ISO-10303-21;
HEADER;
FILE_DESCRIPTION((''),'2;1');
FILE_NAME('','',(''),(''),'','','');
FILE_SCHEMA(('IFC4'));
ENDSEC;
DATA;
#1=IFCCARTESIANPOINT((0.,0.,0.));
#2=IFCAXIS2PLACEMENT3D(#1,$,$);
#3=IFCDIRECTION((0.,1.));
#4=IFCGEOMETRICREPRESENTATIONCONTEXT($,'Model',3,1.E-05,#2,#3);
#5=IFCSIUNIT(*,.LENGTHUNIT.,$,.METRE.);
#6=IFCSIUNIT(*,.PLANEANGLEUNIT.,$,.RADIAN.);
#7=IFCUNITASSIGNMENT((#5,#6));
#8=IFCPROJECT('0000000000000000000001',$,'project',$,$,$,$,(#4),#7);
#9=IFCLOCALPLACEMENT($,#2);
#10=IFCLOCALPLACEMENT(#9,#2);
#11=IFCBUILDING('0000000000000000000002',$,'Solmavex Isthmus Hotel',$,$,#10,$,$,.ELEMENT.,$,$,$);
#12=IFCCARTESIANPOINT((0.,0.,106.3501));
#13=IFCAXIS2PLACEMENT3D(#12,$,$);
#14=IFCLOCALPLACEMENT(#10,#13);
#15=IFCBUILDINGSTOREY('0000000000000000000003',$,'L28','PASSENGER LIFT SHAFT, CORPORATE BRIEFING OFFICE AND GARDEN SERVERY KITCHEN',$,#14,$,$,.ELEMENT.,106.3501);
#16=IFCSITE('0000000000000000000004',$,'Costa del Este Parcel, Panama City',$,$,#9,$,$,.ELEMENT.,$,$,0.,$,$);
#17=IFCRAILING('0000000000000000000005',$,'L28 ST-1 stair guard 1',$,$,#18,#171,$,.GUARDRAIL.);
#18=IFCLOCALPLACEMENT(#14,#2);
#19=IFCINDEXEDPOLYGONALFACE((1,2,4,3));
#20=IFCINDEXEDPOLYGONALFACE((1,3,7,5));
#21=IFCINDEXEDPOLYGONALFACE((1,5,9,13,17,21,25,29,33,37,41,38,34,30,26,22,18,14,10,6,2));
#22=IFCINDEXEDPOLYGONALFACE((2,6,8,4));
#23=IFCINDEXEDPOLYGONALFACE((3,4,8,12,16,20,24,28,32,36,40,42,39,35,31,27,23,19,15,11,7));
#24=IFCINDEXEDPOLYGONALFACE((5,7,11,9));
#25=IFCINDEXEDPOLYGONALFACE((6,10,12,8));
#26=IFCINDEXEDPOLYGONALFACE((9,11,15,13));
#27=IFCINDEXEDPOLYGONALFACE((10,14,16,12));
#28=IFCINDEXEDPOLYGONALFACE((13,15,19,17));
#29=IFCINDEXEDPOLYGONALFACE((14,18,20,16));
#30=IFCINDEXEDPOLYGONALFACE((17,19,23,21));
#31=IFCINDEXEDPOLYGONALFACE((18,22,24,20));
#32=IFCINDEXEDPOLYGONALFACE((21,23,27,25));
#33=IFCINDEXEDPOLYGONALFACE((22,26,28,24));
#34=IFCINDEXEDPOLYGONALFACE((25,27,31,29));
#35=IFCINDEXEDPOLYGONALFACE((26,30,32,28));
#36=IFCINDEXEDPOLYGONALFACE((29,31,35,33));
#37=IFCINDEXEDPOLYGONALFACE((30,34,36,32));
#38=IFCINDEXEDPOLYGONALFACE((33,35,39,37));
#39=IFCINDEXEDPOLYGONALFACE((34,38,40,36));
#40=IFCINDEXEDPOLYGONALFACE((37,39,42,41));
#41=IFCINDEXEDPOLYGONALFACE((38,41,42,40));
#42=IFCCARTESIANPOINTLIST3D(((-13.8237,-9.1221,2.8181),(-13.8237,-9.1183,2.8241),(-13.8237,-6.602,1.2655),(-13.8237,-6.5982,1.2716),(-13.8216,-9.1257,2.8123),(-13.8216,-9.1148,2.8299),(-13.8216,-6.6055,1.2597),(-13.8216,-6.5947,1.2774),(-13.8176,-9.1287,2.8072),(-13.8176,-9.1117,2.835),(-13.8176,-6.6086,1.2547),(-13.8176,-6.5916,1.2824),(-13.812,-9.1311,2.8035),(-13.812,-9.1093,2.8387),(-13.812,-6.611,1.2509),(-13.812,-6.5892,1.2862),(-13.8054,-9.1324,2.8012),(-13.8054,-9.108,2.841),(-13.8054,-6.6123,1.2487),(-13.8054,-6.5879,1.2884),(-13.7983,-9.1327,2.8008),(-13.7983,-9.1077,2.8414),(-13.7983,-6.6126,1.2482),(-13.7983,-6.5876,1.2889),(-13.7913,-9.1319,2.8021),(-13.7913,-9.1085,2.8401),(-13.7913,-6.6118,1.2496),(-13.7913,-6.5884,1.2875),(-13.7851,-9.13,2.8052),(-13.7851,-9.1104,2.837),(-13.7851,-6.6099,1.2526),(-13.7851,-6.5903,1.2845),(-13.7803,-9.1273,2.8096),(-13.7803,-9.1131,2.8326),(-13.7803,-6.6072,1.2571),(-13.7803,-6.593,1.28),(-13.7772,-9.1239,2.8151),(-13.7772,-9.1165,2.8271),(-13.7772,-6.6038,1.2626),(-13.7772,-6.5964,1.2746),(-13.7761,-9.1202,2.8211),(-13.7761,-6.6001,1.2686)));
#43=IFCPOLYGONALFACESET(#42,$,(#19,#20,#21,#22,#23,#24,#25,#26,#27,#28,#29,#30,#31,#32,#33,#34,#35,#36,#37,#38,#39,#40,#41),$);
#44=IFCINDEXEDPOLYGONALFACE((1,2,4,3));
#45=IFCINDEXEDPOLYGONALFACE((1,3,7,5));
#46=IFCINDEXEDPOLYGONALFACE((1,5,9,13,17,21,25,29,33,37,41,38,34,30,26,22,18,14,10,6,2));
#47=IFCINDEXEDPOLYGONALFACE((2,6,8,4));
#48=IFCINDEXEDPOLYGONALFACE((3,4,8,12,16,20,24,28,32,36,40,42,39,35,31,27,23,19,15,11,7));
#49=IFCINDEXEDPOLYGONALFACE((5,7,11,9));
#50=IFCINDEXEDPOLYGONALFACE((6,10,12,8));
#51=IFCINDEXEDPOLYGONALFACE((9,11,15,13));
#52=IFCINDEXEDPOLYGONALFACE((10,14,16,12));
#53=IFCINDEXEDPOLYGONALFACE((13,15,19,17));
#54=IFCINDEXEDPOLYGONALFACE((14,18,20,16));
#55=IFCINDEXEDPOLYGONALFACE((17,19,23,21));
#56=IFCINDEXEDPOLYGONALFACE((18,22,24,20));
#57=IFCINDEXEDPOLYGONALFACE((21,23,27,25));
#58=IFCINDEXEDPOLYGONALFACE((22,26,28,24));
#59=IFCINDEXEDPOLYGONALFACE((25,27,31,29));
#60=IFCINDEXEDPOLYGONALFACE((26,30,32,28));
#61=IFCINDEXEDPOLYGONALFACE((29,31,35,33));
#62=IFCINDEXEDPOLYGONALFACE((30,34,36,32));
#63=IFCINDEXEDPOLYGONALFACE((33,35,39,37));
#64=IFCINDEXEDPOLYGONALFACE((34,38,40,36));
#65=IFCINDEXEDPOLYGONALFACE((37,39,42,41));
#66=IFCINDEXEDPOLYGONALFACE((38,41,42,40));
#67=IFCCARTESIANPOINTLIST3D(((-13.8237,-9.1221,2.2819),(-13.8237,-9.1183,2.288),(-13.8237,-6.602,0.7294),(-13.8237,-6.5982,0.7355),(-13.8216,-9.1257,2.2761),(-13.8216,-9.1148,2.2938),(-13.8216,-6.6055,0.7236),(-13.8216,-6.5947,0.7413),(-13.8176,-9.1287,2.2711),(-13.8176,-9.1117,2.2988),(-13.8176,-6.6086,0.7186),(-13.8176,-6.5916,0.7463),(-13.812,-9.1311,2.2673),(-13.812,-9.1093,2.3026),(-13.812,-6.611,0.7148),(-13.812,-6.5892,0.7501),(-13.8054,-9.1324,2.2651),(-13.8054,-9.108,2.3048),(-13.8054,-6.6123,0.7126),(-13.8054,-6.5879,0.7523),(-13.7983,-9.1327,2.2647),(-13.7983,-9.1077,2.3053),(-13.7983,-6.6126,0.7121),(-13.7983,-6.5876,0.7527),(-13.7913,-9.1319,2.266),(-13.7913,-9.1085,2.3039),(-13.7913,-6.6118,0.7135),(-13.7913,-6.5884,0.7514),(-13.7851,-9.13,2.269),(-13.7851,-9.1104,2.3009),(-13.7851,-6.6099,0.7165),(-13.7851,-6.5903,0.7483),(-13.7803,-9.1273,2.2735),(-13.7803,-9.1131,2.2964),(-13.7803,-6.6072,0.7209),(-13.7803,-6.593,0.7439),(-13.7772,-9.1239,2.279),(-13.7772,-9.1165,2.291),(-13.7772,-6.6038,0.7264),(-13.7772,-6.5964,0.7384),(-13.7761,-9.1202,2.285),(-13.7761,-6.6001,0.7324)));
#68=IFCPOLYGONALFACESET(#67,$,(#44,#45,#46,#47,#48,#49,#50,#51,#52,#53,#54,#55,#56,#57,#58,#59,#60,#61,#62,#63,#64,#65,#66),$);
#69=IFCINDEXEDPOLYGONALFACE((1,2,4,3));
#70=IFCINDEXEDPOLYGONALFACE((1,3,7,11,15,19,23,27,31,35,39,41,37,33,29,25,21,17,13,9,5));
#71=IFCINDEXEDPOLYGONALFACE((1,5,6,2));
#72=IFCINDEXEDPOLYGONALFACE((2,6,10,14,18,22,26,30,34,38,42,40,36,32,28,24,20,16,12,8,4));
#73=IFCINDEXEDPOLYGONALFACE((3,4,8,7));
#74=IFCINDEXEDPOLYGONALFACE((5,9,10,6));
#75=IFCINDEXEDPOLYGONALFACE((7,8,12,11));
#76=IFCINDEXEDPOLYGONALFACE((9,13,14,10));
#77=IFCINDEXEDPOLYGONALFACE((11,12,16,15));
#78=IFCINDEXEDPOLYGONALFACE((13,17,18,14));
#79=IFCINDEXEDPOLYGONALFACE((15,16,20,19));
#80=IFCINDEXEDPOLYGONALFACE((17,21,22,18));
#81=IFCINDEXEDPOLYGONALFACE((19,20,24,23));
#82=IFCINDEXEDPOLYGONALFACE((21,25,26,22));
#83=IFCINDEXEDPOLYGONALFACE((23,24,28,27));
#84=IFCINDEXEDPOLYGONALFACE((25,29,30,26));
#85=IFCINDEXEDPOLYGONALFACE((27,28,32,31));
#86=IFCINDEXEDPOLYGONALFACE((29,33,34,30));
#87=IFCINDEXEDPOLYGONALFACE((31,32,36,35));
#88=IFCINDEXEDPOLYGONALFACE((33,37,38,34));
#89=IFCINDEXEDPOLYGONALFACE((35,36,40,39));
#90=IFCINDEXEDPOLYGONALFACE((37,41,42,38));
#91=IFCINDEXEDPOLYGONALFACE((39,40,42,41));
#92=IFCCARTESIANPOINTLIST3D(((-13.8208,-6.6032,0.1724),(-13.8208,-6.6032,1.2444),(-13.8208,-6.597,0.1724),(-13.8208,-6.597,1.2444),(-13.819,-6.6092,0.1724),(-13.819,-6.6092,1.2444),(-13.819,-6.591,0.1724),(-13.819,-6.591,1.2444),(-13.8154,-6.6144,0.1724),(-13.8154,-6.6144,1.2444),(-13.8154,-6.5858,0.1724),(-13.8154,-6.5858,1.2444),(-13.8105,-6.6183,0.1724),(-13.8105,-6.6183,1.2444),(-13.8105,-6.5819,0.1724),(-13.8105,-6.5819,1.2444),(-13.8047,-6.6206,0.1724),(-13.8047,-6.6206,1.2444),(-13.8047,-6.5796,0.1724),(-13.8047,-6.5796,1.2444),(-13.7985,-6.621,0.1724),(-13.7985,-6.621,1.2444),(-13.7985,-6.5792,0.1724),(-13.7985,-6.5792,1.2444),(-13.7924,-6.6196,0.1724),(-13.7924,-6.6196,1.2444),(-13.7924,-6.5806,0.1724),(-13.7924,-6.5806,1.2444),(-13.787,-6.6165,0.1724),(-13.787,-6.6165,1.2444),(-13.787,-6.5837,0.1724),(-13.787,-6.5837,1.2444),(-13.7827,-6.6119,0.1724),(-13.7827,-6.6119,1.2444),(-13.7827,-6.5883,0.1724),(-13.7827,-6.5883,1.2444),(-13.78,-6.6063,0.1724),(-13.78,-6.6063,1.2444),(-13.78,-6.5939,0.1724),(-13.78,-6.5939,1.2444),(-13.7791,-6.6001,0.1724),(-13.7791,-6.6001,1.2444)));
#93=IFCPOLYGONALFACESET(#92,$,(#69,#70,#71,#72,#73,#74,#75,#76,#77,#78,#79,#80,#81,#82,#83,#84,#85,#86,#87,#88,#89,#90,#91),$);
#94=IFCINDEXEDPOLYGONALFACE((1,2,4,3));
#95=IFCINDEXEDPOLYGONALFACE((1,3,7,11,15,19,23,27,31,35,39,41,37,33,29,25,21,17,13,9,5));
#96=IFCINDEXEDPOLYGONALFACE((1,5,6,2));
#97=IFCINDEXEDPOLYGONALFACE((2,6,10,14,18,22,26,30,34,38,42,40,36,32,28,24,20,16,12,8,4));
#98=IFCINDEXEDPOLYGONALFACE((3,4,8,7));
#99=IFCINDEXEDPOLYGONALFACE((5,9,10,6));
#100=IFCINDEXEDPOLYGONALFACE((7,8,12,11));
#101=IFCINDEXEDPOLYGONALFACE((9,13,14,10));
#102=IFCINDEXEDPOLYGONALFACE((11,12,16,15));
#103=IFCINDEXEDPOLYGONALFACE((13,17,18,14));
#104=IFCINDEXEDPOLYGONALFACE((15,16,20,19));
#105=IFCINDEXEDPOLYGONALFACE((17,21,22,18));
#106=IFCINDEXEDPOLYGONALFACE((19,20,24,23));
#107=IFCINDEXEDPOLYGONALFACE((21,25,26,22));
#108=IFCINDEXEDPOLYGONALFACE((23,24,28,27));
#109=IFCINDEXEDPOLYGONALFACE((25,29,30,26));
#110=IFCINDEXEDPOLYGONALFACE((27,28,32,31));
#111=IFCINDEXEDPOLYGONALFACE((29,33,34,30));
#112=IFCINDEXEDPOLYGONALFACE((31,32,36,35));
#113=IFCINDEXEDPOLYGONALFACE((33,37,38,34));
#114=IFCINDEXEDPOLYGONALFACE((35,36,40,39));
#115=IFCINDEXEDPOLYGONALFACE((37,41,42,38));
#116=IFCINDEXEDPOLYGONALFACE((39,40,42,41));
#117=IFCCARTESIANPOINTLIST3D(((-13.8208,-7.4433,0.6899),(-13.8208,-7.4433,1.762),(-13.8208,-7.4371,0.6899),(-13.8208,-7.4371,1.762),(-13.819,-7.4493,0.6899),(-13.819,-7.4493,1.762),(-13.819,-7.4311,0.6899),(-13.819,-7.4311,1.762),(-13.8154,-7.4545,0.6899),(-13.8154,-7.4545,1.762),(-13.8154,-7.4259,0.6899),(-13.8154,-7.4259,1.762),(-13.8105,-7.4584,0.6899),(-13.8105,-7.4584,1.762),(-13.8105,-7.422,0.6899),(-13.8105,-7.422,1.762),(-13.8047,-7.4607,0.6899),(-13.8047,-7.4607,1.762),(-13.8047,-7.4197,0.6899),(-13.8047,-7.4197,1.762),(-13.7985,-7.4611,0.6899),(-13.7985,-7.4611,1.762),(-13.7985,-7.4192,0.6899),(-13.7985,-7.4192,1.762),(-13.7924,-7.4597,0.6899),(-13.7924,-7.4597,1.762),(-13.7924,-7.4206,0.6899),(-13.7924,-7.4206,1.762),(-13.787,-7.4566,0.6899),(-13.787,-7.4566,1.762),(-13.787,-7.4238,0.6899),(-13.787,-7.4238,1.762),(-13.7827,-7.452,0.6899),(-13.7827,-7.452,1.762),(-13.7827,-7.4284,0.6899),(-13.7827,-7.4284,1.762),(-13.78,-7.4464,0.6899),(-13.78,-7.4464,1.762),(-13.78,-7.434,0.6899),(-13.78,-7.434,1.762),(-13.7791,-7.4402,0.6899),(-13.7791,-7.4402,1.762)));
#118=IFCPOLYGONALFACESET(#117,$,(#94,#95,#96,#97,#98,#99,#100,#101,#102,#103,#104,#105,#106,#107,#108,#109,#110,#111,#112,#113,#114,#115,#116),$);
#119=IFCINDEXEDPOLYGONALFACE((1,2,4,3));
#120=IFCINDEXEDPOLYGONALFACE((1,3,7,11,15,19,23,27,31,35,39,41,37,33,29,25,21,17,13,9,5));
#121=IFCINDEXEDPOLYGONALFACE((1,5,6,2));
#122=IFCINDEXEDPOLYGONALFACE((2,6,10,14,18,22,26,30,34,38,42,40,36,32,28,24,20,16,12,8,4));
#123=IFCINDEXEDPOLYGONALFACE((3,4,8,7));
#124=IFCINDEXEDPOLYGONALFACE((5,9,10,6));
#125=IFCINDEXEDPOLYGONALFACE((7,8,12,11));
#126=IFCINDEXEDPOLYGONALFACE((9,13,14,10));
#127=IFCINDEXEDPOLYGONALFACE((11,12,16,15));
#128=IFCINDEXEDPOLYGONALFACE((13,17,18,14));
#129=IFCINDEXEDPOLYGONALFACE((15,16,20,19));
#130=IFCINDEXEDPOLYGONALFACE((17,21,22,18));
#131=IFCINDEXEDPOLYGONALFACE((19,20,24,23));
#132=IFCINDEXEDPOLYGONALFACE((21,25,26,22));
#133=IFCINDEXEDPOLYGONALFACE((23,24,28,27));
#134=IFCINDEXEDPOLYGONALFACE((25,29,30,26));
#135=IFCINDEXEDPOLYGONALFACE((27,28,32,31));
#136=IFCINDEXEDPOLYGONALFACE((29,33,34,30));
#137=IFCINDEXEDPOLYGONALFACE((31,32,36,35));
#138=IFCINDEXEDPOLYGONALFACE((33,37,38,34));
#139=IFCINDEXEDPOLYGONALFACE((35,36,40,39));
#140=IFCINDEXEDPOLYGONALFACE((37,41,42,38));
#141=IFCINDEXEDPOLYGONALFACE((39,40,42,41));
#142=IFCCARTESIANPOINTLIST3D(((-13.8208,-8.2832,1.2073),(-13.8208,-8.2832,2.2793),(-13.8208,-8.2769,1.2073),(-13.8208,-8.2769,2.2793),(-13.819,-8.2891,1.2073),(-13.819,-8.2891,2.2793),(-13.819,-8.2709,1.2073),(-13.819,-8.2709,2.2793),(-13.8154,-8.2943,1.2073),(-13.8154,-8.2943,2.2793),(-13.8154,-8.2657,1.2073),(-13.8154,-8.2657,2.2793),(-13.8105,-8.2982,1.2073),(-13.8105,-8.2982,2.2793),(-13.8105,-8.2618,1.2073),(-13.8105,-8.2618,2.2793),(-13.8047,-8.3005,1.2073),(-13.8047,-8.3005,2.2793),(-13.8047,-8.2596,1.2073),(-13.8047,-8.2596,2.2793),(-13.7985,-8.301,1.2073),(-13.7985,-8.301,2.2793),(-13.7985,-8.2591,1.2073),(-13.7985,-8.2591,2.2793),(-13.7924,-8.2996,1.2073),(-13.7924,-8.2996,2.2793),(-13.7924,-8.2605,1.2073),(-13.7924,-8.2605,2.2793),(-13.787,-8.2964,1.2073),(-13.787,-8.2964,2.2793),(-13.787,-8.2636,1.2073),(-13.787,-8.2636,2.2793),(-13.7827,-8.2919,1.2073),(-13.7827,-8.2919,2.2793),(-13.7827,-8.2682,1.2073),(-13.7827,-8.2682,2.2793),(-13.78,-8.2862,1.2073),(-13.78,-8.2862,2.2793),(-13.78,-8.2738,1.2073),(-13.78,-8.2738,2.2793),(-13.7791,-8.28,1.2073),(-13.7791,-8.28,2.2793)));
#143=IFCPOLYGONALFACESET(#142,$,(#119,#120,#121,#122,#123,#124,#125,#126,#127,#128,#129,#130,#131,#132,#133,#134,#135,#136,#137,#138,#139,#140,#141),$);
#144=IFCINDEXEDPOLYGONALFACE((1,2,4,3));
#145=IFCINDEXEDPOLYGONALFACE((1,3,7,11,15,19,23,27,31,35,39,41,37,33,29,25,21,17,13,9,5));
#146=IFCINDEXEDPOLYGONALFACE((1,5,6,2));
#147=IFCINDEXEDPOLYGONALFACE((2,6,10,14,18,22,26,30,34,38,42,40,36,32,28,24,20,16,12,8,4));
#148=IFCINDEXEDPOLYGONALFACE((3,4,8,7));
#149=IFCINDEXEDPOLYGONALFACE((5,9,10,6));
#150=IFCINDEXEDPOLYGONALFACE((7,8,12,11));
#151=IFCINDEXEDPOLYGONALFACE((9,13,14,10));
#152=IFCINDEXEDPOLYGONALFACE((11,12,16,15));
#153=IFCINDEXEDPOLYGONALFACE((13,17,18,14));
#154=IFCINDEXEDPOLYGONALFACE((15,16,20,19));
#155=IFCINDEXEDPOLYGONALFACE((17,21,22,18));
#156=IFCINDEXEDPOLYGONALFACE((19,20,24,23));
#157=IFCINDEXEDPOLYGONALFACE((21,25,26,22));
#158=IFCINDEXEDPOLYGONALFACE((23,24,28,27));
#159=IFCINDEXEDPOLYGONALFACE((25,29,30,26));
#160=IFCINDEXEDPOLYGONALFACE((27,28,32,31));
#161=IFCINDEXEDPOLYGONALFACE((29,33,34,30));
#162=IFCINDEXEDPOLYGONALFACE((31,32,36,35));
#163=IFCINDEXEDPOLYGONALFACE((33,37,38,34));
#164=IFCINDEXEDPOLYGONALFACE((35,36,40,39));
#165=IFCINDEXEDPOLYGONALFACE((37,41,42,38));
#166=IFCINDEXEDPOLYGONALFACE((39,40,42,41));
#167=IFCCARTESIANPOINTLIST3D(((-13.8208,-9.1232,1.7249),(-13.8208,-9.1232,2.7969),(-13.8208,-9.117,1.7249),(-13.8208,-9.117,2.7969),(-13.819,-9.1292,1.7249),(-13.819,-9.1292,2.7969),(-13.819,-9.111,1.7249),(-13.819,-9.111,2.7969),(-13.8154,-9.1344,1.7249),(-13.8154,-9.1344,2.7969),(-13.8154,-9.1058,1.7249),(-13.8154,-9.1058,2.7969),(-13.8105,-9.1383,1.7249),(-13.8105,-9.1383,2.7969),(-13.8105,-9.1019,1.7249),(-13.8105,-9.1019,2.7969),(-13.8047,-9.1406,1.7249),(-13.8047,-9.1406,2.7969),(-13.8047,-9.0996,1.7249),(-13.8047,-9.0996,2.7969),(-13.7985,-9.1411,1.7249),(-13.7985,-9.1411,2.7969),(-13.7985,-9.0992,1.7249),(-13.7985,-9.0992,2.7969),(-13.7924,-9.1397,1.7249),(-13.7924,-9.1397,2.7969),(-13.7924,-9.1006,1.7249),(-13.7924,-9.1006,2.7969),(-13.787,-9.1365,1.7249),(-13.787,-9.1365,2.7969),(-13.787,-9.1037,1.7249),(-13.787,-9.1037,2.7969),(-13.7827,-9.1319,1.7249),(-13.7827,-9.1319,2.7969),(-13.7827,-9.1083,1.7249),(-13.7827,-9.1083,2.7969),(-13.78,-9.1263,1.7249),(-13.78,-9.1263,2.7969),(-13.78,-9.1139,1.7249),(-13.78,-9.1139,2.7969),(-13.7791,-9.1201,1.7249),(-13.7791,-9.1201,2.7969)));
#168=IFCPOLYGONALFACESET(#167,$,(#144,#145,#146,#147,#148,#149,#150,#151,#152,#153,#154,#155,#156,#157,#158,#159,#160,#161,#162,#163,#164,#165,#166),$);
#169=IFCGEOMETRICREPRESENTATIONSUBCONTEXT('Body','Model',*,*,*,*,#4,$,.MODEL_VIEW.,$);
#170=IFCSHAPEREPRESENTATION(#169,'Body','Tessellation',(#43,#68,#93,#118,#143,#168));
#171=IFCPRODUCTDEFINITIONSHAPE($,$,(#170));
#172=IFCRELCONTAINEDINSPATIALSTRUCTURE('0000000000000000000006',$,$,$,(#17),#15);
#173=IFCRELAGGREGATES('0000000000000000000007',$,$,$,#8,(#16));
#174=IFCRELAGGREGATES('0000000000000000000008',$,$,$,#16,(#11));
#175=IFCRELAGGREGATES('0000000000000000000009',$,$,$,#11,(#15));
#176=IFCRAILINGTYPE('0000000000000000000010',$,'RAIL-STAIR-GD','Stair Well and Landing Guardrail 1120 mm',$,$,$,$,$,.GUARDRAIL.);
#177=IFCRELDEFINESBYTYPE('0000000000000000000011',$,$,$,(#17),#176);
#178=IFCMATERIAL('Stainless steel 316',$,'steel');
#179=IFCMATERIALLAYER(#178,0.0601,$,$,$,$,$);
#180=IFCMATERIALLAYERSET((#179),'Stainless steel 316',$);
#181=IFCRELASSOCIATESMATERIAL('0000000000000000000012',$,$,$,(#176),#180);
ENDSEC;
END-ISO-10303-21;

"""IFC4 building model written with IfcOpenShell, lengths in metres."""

from ifc_helpers import new_model, si_unit, direction, frame, origin, origin_2d, place, context, subcontext, project, spatial, circle, extrude, material, layer, layer_set, type_object, element, save


model = new_model("IFC4")

# Units and contexts
model_context = context("Model", 3, precision=1e-05, world=origin(), true_north=direction((0.0, 1.0)))
body_context = subcontext(model_context, "Body", "Model", "MODEL_VIEW")
ifc_project = project(units=[si_unit("LENGTHUNIT", "METRE"), si_unit("PLANEANGLEUNIT", "RADIAN")], contexts=[model_context])

# Site, building, storey
site_placement = place(None, origin())
site = spatial("IfcSite", under=ifc_project, at=site_placement, Name="Costa del Este Parcel, Panama City", CompositionType="ELEMENT", RefElevation=0.0)
building_placement = place(site_placement, origin())
building = spatial("IfcBuilding", under=site, at=building_placement, Name="Solmavex Isthmus Hotel", CompositionType="ELEMENT")
storey_placement = place(building_placement, frame((0.0, 0.0, 106.3501)))
storey = spatial("IfcBuildingStorey", under=building, at=storey_placement, Name="L28", Description="PASSENGER LIFT SHAFT, CORPORATE BRIEFING OFFICE AND GARDEN SERVERY KITCHEN", CompositionType="ELEMENT", Elevation=106.3501)

# Shared definitions
ifc_material_1 = material(Name="Stainless steel 316", Category="steel")

# Railing
ifc_layer_1 = layer(ifc_material_1, 0.0601)
ifc_layer_set_1 = layer_set([ifc_layer_1], Name="Stainless steel 316")
railing_type_1 = type_object("IfcRailingType", Name="RAIL-STAIR-GD", Description="Stair Well and Landing Guardrail 1120 mm", PredefinedType="GUARDRAIL", material=ifc_layer_set_1)
railing_1_placement = place(storey_placement, frame((-13.8, -6.6001, 0.1724)))
element("IfcRailing", 1, at=railing_1_placement, inside=storey, type_object=railing_type_1, Name="L28 ST-1 stair guard 1", PredefinedType="GUARDRAIL", context=body_context, shape_type="SweptSolid", body=[
    extrude(circle(Radius=0.0239, at=origin_2d()), frame((0.0, 0.0, 1.0962), z_axis=(0.0, -0.8514, 0.524516), x_axis=(1.0, 0.0, 0.0)), (0.0, 0.0, 1.0), 2.96),
    extrude(circle(Radius=0.0239, at=origin_2d()), frame((0.0, 0.0, 0.5601), z_axis=(0.0, -0.8514, 0.524516), x_axis=(1.0, 0.0, 0.0)), (0.0, 0.0, 1.0), 2.96),
    extrude(circle(Radius=0.021, at=origin_2d()), origin(), (0.0, 0.0, 1.0), 1.072),
    extrude(circle(Radius=0.021, at=origin_2d()), frame((0.0, -0.8401, 0.5176)), (0.0, 0.0, 1.0), 1.072),
    extrude(circle(Radius=0.021, at=origin_2d()), frame((0.0, -1.6799, 1.0349)), (0.0, 0.0, 1.0), 1.072),
    extrude(circle(Radius=0.021, at=origin_2d()), frame((0.0, -2.52, 1.5525)), (0.0, 0.0, 1.0), 1.072),
])

save(model, "model.ifc")
